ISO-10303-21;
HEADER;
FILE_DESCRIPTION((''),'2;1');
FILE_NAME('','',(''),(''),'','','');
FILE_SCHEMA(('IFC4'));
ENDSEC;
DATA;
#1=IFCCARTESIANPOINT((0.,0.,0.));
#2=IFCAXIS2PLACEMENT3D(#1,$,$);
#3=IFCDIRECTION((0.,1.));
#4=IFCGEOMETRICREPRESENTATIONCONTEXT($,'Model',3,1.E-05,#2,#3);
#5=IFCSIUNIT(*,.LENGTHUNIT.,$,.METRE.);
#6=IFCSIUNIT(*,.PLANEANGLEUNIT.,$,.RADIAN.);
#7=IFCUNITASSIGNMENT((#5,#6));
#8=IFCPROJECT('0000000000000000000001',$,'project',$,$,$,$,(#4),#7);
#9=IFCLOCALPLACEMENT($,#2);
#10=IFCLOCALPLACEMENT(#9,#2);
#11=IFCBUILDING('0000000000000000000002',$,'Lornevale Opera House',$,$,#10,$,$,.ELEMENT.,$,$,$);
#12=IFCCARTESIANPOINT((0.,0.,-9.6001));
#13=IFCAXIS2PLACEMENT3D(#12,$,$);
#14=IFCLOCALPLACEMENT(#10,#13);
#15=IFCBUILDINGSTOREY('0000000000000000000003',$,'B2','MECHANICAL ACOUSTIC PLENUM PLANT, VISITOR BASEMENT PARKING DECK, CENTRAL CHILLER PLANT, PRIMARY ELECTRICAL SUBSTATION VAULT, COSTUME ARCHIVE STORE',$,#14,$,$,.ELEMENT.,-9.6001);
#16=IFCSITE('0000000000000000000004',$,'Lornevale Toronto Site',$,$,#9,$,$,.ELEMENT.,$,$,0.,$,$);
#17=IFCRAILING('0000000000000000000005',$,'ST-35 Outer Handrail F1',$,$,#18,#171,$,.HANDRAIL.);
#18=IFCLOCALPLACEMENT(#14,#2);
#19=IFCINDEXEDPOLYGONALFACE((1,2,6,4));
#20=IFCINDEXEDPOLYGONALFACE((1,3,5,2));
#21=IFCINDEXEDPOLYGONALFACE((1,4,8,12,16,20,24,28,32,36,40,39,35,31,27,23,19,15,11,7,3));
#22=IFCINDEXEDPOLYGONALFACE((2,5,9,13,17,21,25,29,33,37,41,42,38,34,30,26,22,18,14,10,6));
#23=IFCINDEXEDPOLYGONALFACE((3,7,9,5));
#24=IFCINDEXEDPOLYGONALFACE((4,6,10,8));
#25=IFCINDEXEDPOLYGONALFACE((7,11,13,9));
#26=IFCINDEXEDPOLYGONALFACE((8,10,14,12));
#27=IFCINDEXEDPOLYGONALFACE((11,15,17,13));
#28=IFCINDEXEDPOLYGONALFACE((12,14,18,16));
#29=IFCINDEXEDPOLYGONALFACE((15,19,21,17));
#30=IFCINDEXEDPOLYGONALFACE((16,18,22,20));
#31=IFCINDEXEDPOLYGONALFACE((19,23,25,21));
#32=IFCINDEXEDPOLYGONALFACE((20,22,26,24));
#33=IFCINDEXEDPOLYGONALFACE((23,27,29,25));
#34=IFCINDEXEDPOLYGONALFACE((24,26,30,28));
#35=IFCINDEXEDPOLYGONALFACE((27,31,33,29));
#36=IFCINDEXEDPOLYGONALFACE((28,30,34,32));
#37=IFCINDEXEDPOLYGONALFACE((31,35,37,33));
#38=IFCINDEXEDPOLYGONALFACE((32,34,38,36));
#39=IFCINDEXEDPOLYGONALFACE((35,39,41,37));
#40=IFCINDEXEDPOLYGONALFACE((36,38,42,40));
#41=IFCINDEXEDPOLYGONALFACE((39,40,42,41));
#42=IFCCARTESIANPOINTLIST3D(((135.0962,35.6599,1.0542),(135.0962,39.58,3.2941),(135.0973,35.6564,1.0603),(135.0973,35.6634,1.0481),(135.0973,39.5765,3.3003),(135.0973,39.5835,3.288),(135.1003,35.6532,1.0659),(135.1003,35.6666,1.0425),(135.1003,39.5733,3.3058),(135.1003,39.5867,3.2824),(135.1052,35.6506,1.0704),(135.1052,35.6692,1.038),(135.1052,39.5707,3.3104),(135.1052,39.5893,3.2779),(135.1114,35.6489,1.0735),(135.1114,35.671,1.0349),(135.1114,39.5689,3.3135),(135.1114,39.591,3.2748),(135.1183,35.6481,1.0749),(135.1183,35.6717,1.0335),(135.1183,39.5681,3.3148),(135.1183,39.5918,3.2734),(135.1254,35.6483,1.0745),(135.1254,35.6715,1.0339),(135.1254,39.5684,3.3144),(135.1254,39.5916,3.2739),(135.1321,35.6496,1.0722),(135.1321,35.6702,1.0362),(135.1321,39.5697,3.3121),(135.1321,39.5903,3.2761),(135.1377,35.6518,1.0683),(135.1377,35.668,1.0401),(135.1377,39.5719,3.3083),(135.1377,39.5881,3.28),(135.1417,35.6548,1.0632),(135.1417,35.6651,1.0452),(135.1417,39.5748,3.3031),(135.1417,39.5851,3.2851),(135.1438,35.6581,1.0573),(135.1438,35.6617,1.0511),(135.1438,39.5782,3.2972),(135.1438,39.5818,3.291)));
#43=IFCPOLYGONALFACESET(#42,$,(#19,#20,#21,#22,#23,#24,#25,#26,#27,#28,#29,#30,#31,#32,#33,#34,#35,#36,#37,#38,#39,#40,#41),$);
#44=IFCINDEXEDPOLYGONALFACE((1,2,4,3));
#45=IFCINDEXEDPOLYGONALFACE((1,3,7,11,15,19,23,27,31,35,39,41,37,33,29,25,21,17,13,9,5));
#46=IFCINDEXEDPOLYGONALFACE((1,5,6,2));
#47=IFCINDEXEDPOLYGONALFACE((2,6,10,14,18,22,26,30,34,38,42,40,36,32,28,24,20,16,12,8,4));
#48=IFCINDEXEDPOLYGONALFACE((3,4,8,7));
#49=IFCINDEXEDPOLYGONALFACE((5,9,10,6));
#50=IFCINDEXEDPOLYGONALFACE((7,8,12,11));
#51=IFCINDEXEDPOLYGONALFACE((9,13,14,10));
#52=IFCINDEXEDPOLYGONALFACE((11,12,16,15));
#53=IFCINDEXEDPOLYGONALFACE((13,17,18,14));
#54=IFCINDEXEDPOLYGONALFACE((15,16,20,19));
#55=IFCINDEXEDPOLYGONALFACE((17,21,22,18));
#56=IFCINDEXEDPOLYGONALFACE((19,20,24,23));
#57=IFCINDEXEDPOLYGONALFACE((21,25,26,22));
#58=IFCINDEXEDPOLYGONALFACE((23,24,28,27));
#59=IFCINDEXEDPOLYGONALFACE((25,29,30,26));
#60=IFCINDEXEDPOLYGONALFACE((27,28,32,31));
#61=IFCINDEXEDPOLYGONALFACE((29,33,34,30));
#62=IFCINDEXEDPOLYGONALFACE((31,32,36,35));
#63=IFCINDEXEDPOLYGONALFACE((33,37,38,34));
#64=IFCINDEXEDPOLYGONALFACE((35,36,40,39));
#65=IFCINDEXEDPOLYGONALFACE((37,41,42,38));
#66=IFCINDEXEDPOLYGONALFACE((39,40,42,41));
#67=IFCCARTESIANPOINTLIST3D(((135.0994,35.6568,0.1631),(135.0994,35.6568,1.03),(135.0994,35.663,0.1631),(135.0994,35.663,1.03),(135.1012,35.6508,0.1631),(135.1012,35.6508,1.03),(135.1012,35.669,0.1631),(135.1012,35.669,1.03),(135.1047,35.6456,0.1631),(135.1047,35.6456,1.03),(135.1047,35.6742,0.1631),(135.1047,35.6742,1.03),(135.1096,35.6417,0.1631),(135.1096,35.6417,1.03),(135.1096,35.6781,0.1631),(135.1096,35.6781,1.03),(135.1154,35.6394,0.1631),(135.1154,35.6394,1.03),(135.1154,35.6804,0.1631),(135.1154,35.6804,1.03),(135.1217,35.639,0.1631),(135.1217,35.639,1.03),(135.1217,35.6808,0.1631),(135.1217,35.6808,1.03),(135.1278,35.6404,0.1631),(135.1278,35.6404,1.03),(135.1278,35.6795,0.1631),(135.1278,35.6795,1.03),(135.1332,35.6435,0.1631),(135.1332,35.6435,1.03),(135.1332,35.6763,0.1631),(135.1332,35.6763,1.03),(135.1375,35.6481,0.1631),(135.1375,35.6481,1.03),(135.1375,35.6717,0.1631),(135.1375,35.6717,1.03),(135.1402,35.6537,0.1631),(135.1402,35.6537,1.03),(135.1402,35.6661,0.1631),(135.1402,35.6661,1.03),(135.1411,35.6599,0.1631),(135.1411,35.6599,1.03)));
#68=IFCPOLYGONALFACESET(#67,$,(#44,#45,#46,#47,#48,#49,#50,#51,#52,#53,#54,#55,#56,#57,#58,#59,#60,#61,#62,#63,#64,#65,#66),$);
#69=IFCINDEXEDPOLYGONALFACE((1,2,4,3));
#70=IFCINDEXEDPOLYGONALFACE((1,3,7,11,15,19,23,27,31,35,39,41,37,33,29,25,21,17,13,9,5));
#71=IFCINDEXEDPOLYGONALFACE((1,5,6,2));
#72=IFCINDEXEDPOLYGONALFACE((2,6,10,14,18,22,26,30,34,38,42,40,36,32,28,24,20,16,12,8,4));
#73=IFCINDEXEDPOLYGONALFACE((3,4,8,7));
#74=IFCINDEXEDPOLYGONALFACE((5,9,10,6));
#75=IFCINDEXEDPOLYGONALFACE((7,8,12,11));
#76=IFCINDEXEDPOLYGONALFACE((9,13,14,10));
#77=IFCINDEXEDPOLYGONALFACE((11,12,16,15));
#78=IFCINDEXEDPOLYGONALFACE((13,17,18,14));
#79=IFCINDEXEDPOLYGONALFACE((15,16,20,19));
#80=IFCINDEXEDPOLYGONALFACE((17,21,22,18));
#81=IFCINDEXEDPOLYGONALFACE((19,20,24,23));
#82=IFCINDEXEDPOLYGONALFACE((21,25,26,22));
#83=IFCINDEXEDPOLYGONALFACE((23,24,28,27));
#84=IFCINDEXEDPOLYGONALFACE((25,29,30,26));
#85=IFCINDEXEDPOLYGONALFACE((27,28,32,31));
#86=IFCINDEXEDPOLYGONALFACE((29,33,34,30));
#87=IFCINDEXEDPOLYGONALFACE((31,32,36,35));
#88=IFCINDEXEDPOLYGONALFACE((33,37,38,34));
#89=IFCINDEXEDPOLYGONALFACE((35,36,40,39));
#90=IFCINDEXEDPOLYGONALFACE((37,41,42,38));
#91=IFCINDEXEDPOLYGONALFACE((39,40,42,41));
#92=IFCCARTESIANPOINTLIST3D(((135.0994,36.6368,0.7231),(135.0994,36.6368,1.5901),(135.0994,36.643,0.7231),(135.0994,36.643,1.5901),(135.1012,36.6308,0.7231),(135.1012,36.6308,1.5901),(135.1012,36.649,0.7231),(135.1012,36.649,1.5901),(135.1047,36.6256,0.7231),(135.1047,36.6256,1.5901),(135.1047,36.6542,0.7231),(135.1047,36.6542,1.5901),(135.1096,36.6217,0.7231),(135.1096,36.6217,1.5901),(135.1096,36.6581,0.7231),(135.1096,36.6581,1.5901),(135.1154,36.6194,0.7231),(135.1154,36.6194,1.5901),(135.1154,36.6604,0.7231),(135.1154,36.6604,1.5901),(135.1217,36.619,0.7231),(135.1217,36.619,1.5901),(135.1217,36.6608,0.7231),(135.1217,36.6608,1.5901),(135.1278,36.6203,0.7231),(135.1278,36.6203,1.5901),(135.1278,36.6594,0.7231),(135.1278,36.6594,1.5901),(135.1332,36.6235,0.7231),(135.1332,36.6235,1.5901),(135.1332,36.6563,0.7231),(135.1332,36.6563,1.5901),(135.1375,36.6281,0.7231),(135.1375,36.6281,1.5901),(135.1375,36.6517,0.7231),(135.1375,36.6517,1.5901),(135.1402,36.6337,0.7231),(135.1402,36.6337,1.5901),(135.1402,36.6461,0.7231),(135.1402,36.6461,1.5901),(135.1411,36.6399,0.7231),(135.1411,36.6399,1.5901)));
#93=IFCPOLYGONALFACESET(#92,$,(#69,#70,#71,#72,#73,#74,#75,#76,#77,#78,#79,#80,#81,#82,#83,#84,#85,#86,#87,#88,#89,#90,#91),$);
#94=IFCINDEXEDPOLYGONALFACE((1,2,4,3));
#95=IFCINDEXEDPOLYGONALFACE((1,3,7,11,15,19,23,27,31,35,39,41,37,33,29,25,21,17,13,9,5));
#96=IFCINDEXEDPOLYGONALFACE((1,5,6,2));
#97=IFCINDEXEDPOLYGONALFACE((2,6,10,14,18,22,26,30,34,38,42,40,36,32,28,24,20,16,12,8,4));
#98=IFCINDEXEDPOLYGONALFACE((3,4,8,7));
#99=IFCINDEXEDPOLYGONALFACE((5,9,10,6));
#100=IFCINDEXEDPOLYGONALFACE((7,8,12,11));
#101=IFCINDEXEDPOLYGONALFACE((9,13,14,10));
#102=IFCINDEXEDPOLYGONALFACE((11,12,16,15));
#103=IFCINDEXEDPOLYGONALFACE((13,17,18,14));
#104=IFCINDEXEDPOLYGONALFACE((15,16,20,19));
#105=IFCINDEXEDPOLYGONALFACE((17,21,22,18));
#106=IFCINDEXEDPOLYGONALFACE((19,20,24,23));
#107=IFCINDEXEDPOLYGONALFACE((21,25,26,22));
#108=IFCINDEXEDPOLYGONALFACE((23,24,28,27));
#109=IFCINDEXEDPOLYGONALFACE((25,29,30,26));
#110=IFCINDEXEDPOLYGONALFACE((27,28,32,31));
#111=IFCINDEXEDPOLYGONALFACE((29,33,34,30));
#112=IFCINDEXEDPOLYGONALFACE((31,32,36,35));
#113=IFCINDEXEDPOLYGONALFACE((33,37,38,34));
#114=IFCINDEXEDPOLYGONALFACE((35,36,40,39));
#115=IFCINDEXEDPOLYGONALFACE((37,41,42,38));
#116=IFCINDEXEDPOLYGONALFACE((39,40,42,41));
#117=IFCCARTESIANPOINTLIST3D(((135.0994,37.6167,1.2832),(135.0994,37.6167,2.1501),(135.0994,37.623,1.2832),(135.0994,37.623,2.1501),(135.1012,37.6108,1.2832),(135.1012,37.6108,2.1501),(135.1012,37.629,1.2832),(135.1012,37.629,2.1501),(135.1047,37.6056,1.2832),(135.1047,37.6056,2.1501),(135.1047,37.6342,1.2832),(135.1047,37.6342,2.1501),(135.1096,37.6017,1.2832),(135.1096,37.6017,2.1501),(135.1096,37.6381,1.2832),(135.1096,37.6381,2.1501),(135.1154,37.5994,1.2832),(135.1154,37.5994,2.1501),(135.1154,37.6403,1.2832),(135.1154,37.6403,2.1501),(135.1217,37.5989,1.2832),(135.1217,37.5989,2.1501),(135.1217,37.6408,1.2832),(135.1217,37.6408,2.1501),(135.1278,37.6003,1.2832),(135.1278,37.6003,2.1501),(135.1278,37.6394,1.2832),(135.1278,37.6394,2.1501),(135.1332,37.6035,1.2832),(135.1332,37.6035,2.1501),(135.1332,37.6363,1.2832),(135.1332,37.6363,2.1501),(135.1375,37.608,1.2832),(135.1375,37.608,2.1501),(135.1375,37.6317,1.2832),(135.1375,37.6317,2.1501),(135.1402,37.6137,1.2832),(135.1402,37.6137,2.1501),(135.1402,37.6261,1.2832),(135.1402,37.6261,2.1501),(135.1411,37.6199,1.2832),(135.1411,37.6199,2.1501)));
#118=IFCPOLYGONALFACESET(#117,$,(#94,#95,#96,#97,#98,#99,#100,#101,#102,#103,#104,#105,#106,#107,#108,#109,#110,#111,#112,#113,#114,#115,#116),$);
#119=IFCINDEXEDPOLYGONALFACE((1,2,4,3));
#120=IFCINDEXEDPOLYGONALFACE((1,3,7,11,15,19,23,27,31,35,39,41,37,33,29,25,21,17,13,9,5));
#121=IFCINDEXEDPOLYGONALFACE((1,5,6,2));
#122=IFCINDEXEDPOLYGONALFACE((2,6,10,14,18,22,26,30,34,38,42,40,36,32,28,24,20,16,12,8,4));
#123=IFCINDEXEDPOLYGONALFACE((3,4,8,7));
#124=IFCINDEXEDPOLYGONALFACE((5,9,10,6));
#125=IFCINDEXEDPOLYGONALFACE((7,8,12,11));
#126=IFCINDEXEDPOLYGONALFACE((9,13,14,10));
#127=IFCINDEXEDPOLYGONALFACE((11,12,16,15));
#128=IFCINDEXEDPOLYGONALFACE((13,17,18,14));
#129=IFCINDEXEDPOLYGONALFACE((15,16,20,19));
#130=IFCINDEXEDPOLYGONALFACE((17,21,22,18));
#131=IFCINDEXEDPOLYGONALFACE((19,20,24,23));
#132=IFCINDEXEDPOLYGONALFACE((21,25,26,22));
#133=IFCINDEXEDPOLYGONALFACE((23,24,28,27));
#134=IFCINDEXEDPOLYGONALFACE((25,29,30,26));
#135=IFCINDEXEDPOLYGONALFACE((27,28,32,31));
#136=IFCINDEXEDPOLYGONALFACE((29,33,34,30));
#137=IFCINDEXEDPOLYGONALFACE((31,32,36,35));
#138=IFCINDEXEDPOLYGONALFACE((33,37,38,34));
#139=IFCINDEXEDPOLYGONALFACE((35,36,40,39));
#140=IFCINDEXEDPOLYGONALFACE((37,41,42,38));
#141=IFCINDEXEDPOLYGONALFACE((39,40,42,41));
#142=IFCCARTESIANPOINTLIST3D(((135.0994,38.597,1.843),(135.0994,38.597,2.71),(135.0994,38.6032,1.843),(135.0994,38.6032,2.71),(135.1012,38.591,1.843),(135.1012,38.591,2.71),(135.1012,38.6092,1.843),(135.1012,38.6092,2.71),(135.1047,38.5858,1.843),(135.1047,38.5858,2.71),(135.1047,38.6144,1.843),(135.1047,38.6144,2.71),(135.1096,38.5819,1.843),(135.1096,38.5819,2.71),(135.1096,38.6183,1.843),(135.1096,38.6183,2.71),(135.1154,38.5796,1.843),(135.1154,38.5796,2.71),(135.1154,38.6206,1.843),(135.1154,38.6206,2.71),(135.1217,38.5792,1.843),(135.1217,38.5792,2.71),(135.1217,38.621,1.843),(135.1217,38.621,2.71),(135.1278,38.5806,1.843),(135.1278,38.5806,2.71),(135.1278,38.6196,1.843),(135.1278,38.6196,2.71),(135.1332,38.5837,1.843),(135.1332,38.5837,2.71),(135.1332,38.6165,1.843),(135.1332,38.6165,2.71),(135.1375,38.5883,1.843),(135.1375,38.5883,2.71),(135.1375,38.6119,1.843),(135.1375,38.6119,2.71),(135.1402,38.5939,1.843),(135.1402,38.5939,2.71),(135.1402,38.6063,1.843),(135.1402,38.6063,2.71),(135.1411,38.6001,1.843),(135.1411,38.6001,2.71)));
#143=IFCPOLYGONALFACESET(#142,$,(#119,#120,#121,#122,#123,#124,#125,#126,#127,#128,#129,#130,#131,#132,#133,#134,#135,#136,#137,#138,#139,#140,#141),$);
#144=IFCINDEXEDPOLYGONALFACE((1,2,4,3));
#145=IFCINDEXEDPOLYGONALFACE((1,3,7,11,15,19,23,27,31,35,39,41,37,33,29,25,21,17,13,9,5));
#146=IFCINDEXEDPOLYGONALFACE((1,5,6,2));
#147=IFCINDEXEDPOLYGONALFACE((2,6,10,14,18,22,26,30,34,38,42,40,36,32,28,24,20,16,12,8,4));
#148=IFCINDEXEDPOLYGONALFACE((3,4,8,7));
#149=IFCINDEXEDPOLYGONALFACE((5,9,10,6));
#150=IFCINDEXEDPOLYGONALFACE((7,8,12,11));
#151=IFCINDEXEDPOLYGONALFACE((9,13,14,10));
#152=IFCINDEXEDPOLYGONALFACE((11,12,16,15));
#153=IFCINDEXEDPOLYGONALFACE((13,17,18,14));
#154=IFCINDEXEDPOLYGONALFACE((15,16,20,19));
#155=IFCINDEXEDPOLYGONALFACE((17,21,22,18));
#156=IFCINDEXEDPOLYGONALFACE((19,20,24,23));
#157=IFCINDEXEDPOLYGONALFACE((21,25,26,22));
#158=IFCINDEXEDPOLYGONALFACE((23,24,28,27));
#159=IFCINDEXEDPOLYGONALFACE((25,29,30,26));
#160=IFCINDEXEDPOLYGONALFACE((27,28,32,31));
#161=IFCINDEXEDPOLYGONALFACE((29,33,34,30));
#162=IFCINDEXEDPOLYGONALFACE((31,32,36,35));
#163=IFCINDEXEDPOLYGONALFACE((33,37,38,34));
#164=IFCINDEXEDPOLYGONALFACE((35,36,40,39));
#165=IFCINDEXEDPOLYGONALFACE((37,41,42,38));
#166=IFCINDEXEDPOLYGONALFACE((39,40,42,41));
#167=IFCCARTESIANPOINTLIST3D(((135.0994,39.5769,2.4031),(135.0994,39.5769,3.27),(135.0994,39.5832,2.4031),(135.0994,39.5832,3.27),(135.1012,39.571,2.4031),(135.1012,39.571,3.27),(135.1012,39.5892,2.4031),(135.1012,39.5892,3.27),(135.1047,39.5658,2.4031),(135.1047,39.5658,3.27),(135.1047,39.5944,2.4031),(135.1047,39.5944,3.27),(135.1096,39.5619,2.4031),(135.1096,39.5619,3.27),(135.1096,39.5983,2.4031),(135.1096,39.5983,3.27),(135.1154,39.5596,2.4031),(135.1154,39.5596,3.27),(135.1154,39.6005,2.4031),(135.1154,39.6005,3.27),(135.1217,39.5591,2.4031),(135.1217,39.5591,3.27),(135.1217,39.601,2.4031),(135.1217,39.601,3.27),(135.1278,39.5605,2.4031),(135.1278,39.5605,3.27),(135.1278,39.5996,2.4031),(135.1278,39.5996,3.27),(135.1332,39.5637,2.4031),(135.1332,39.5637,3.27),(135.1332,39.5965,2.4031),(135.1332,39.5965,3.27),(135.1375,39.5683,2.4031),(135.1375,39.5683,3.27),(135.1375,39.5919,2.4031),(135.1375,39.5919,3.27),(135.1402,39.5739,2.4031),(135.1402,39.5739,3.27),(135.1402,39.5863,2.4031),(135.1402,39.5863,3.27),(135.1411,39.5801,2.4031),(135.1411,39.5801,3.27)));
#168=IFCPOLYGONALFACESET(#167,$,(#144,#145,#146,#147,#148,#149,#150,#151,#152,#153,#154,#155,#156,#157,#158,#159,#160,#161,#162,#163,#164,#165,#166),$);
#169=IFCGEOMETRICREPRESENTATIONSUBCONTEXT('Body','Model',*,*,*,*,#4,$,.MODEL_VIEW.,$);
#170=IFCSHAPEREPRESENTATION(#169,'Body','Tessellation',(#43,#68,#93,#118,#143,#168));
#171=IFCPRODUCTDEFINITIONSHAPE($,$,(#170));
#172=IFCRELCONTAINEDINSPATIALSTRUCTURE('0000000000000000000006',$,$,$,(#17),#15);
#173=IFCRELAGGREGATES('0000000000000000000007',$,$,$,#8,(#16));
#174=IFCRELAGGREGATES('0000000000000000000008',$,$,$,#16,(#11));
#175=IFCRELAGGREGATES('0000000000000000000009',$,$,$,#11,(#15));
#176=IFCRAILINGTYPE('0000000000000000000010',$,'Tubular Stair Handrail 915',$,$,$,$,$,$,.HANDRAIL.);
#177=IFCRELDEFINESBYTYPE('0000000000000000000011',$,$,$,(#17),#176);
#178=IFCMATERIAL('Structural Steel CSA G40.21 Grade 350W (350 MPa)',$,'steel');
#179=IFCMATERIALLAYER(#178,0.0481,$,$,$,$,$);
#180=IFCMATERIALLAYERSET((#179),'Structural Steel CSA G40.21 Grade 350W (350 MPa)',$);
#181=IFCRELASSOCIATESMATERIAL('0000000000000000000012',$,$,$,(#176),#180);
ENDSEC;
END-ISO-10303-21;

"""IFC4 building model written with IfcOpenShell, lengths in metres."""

from ifc_helpers import new_model, si_unit, direction, frame, origin, origin_2d, place, context, subcontext, project, spatial, circle, extrude, material, layer, layer_set, type_object, element, save


model = new_model("IFC4")

# Units and contexts
model_context = context("Model", 3, precision=1e-05, world=origin(), true_north=direction((0.0, 1.0)))
body_context = subcontext(model_context, "Body", "Model", "MODEL_VIEW")
ifc_project = project(units=[si_unit("LENGTHUNIT", "METRE"), si_unit("PLANEANGLEUNIT", "RADIAN")], contexts=[model_context])

# Site, building, storey
site_placement = place(None, origin())
site = spatial("IfcSite", under=ifc_project, at=site_placement, Name="Lornevale Toronto Site", CompositionType="ELEMENT", RefElevation=0.0)
building_placement = place(site_placement, origin())
building = spatial("IfcBuilding", under=site, at=building_placement, Name="Lornevale Opera House", CompositionType="ELEMENT")
storey_placement = place(building_placement, frame((0.0, 0.0, -9.6001)))
storey = spatial("IfcBuildingStorey", under=building, at=storey_placement, Name="B2", Description="MECHANICAL ACOUSTIC PLENUM PLANT, VISITOR BASEMENT PARKING DECK, CENTRAL CHILLER PLANT, PRIMARY ELECTRICAL SUBSTATION VAULT, COSTUME ARCHIVE STORE", CompositionType="ELEMENT", Elevation=-9.6001)

# Railing
ifc_material_1 = material(Name="Structural Steel CSA G40.21 Grade 350W (350 MPa)", Category="steel")
ifc_layer_1 = layer(ifc_material_1, 0.0481)
ifc_layer_set_1 = layer_set([ifc_layer_1], Name="Structural Steel CSA G40.21 Grade 350W (350 MPa)")
railing_type_1 = type_object("IfcRailingType", Name="Tubular Stair Handrail 915", PredefinedType="HANDRAIL", material=ifc_layer_set_1)
railing_1_placement = place(storey_placement, frame((135.1201, 35.6599, 0.1631)))
element("IfcRailing", 1, at=railing_1_placement, inside=storey, type_object=railing_type_1, Name="ST-35 Outer Handrail F1", PredefinedType="HANDRAIL", context=body_context, shape_type="SweptSolid", body=[
    extrude(circle(Radius=0.0239, at=origin_2d()), frame((0.0, 0.0, 0.8911), z_axis=(0.0, 0.868253, 0.496121), x_axis=(-1.0, 0.0, 0.0)), (0.0, 0.0, 1.0), 4.5149),
    extrude(circle(Radius=0.021, at=origin_2d()), origin(), (0.0, 0.0, 1.0), 0.8669),
    extrude(circle(Radius=0.021, at=origin_2d()), frame((0.0, 0.98, 0.5601)), (0.0, 0.0, 1.0), 0.8669),
    extrude(circle(Radius=0.021, at=origin_2d()), frame((0.0, 1.96, 1.1201)), (0.0, 0.0, 1.0), 0.8669),
    extrude(circle(Radius=0.021, at=origin_2d()), frame((0.0, 2.9402, 1.6799)), (0.0, 0.0, 1.0), 0.8669),
    extrude(circle(Radius=0.021, at=origin_2d()), frame((0.0, 3.9202, 2.24)), (0.0, 0.0, 1.0), 0.8669),
])

save(model, "model.ifc")
